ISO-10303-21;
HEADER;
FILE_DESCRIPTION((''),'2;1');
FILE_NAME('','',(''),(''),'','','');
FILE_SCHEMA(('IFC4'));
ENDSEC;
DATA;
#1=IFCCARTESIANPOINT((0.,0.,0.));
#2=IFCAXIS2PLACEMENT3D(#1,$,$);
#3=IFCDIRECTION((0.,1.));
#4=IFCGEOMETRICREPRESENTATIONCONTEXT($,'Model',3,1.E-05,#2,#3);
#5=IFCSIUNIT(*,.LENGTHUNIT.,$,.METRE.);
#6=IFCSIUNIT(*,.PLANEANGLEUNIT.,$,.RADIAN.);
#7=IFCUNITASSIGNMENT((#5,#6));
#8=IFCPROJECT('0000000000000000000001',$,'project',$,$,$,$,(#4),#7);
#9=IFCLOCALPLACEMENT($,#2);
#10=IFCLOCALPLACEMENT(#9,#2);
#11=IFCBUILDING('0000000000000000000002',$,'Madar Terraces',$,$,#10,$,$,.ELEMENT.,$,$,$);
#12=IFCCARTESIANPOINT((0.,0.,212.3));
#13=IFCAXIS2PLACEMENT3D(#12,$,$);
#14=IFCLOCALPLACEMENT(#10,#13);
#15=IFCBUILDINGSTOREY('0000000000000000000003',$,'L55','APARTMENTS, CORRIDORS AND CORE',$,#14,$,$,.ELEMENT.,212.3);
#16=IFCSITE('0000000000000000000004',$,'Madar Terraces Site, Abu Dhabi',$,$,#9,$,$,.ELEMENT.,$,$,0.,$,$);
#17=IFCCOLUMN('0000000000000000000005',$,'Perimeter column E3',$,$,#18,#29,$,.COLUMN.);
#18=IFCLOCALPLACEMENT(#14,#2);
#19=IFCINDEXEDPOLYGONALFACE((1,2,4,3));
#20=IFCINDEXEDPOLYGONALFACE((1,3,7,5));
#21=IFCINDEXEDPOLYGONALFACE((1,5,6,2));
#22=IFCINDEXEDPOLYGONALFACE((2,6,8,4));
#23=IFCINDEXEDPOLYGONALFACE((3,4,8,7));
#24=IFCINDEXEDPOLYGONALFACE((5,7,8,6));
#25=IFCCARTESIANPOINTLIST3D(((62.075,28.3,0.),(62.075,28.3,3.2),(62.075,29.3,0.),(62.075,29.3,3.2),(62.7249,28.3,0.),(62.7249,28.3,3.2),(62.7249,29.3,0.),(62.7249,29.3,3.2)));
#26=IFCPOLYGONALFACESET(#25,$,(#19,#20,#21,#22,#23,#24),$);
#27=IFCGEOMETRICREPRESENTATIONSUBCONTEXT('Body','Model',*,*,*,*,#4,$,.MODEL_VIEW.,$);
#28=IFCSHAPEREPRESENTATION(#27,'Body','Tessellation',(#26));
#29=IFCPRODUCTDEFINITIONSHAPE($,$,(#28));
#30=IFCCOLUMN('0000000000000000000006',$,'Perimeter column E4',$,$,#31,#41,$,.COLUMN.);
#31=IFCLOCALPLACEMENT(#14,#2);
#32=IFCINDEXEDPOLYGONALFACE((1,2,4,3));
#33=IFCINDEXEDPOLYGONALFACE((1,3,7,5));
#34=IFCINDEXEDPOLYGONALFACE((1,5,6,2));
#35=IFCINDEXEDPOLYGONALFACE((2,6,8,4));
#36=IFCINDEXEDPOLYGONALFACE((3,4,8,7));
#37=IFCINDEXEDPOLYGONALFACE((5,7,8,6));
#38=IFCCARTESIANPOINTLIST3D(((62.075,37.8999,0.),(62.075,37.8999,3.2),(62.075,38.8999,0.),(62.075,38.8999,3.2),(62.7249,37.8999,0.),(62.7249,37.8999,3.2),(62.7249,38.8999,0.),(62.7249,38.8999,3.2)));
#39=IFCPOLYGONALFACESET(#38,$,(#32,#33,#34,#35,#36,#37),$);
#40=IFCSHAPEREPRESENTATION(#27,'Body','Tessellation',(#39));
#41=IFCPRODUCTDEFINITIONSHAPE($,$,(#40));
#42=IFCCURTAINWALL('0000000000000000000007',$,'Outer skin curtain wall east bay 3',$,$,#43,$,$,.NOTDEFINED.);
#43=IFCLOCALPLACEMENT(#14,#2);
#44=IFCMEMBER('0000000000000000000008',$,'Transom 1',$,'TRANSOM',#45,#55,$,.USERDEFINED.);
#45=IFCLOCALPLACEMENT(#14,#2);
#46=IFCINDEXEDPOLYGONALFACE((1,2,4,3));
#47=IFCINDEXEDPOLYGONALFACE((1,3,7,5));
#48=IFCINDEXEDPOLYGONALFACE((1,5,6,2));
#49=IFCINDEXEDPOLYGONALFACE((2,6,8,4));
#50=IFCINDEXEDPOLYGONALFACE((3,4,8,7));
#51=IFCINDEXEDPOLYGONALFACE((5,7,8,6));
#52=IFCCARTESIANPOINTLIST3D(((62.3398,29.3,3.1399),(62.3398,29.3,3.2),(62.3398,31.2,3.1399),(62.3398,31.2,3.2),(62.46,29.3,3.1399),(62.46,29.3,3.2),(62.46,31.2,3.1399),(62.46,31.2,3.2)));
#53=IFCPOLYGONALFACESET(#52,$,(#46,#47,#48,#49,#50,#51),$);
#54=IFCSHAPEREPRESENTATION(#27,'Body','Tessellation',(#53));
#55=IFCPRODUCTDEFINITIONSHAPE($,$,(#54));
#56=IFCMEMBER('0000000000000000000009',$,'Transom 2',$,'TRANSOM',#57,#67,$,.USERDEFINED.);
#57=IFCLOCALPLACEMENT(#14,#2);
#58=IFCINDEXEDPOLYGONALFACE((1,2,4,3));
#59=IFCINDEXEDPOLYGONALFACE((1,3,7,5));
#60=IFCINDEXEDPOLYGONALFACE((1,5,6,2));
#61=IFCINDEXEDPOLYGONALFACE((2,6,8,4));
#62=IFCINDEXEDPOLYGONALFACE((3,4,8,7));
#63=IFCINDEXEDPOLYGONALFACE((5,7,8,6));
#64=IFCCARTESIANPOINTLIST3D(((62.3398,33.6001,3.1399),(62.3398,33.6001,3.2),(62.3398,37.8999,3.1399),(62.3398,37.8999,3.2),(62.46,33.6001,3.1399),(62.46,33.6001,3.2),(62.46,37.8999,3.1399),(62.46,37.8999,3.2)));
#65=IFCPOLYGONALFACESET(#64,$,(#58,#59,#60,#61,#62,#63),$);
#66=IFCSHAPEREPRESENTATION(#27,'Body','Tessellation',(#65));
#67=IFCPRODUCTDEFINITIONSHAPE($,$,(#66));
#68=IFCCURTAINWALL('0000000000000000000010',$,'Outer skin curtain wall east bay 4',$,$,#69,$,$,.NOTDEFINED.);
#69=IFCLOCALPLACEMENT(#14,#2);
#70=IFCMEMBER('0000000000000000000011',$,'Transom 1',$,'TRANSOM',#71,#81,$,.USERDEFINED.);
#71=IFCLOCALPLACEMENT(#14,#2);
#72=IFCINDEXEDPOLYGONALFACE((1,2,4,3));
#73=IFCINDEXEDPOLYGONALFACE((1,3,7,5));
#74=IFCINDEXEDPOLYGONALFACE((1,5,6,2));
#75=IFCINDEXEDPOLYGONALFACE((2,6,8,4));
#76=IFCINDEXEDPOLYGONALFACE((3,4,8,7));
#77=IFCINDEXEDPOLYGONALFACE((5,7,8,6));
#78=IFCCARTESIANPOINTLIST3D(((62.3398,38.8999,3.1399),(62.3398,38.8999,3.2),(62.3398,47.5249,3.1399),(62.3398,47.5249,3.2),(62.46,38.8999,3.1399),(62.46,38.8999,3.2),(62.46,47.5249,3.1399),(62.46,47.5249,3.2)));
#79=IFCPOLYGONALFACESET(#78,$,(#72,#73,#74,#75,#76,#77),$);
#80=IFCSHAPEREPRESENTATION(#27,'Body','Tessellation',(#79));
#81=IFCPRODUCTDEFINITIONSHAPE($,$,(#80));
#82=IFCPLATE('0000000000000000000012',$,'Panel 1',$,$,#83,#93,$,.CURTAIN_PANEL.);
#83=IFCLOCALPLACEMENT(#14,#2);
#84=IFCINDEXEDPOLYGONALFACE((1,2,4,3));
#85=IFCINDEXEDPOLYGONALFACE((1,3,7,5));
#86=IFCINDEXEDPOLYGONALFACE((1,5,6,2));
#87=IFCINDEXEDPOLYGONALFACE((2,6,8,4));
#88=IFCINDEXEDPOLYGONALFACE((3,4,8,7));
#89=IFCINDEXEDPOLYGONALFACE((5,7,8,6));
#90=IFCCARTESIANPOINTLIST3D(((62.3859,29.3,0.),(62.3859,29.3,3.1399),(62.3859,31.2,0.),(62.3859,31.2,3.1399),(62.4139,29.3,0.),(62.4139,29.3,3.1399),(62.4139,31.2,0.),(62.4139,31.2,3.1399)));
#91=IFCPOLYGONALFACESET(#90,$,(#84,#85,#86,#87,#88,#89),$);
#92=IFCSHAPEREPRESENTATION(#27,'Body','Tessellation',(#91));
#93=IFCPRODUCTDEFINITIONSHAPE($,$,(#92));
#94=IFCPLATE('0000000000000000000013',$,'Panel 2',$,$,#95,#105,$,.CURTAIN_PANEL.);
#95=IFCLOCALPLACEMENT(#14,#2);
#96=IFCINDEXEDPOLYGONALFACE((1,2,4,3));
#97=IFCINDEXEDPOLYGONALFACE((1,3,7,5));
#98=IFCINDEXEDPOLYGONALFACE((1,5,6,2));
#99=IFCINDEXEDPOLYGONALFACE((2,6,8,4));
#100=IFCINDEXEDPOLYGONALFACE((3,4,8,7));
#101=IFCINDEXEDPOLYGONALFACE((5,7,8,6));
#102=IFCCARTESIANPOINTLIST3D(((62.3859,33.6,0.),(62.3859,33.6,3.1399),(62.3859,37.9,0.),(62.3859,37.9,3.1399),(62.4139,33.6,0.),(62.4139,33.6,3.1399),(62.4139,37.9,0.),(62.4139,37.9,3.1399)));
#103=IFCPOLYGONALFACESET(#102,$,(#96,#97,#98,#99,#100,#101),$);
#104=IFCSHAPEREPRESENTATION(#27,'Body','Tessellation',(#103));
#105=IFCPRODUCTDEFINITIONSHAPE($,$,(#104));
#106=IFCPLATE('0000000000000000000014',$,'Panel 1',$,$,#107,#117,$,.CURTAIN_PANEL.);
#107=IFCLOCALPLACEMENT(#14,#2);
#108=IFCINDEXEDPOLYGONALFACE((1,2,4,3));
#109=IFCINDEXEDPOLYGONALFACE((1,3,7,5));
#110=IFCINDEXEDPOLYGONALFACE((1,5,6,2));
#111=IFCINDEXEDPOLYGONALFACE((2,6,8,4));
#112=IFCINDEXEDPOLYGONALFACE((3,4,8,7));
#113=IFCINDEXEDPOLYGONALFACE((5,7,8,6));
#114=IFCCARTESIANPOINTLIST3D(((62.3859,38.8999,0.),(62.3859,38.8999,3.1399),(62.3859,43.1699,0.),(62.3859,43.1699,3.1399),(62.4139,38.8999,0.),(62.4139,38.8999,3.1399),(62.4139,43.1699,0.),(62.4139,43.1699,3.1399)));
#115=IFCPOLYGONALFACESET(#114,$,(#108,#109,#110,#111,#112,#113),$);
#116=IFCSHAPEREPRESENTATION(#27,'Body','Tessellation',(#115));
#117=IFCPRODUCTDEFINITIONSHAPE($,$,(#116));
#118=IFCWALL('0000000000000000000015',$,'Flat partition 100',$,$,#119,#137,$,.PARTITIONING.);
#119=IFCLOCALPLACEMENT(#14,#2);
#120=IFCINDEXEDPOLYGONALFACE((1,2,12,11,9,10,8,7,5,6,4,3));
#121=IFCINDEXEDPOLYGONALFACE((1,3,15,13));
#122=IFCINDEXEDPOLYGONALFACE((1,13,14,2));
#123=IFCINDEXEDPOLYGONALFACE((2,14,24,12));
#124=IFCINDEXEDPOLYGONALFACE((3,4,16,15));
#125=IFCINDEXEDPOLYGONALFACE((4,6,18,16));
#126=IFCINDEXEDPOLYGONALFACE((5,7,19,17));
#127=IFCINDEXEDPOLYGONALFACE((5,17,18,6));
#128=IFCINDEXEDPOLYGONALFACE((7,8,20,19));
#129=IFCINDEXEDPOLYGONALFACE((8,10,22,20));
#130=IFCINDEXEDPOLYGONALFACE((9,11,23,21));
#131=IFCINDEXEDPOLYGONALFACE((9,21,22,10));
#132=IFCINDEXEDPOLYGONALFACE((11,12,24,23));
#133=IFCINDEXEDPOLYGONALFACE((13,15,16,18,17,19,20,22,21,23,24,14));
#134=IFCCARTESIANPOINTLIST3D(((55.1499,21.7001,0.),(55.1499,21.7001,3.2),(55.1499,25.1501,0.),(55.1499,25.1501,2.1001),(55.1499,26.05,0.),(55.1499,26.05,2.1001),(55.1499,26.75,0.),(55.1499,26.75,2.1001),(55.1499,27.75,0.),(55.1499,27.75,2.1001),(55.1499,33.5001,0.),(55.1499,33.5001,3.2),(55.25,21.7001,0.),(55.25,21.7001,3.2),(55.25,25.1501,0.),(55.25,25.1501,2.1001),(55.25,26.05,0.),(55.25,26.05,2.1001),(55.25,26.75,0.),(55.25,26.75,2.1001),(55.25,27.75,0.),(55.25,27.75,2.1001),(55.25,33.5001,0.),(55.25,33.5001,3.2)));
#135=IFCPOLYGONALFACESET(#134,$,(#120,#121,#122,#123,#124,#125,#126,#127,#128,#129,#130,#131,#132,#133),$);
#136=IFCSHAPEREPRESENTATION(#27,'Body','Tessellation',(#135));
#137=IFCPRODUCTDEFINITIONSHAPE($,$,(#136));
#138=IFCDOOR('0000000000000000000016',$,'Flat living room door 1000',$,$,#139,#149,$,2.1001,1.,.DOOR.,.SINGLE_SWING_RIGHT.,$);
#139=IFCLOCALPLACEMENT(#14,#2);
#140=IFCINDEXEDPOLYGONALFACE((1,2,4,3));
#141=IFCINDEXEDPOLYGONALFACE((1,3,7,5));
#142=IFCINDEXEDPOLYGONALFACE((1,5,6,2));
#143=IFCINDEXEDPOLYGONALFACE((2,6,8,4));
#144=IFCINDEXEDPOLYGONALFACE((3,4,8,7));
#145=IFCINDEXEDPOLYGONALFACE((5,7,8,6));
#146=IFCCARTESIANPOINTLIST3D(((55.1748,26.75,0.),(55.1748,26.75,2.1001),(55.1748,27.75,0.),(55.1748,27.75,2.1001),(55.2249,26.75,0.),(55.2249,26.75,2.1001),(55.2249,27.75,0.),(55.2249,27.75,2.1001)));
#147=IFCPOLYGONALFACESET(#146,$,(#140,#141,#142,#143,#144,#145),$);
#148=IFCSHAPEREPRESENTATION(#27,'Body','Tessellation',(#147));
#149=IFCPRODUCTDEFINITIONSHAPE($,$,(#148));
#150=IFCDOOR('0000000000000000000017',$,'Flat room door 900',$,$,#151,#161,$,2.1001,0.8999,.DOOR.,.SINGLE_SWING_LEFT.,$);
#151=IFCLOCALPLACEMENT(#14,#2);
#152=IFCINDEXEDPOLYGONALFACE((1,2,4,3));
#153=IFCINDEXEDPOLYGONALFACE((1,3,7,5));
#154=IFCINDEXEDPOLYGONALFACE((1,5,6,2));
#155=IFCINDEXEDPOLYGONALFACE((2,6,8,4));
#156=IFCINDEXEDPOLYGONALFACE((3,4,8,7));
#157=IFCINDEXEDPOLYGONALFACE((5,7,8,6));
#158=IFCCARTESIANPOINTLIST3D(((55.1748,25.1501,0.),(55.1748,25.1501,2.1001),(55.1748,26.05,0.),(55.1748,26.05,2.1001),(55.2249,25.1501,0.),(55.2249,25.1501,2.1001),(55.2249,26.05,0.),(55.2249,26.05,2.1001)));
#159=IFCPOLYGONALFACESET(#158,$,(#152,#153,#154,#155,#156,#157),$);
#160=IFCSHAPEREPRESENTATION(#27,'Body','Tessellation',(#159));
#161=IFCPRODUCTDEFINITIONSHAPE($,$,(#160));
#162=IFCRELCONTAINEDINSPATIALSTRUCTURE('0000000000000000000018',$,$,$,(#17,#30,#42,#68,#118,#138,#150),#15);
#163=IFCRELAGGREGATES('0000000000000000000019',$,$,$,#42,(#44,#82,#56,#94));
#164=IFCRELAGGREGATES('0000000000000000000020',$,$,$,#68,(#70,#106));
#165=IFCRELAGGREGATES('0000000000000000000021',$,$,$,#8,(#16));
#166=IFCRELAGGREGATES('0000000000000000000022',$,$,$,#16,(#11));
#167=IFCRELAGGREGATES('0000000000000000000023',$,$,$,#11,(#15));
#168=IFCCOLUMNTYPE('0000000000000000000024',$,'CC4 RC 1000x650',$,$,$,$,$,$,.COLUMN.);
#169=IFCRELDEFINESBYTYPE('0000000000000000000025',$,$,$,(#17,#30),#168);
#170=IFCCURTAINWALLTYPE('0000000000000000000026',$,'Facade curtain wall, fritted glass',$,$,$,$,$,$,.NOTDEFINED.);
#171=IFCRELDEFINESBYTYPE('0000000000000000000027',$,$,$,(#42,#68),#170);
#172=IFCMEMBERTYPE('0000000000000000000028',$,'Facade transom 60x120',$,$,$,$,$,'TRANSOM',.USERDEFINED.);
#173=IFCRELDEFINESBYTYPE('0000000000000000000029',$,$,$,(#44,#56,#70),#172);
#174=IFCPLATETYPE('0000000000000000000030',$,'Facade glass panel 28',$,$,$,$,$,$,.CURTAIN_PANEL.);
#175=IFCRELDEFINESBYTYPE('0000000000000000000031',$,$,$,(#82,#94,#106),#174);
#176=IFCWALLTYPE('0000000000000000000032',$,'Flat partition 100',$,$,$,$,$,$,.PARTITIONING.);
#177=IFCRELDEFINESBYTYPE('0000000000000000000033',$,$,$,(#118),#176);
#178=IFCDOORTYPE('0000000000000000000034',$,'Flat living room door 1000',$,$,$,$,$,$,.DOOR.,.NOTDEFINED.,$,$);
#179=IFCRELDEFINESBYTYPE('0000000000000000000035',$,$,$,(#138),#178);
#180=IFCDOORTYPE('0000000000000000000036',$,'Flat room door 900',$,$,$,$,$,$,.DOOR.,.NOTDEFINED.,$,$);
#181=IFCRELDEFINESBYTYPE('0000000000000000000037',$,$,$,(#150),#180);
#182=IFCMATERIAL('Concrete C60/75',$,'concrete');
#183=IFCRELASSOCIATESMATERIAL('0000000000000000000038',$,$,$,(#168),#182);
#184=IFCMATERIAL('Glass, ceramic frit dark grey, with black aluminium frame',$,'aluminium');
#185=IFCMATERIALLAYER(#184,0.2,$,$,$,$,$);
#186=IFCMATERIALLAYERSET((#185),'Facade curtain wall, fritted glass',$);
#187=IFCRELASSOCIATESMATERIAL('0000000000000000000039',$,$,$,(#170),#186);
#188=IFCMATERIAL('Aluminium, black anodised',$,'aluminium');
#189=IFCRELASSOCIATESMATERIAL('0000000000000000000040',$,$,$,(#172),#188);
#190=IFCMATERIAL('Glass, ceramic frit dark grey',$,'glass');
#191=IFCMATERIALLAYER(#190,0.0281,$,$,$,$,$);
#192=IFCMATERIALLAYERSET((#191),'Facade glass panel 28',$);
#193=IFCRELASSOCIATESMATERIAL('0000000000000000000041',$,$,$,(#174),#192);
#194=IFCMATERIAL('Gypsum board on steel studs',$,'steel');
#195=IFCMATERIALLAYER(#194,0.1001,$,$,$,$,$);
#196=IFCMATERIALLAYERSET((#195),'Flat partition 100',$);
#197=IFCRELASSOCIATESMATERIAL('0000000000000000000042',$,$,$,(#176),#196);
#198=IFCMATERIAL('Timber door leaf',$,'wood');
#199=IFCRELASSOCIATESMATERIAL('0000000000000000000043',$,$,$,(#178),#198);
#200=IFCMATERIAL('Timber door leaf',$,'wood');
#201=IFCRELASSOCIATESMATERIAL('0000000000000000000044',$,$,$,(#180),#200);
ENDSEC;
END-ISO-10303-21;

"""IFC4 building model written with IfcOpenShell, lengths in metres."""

from ifc_helpers import new_model, si_unit, direction, frame, frame_2d, origin, origin_2d, place, context, subcontext, project, spatial, rectangle, extrude, material, layer, layer_set, material_profile, profile_set, type_object, element, fill, aggregate, save


model = new_model("IFC4")

# Units and contexts
model_context = context("Model", 3, precision=1e-05, world=origin(), true_north=direction((0.0, 1.0)))
body_context = subcontext(model_context, "Body", "Model", "MODEL_VIEW")
ifc_project = project(units=[si_unit("LENGTHUNIT", "METRE"), si_unit("PLANEANGLEUNIT", "RADIAN")], contexts=[model_context])

# Site, building, storey
site_placement = place(None, origin())
site = spatial("IfcSite", under=ifc_project, at=site_placement, Name="Madar Terraces Site, Abu Dhabi", CompositionType="ELEMENT", RefElevation=0.0)
building_placement = place(site_placement, origin())
building = spatial("IfcBuilding", under=site, at=building_placement, Name="Madar Terraces", CompositionType="ELEMENT")
storey_placement = place(building_placement, frame((0.0, 0.0, 212.3)))
storey = spatial("IfcBuildingStorey", under=building, at=storey_placement, Name="L55", Description="APARTMENTS, CORRIDORS AND CORE", CompositionType="ELEMENT", Elevation=212.3)

# Columns
ifc_material_1 = material(Name="Concrete C60/75", Category="concrete")
ifc_material_profile_1 = material_profile(ifc_material_1, rectangle(XDim=1.0, YDim=0.6499, at=origin_2d()), Name="CC4 RC 1000x650")
ifc_profile_set_1 = profile_set([ifc_material_profile_1], Name="Concrete C60/75")
column_type = type_object("IfcColumnType", Name="CC4 RC 1000x650", PredefinedType="COLUMN", material=ifc_profile_set_1)
for number, where, z_axis, x_axis, name in (
    (1, (62.3999, 28.8, 0.0), (0.0, 0.0, 1.0), (0.0, 1.0, 0.0), "Perimeter column E3"),
    (2, (62.3999, 38.3999, 0.0), (0.0, 0.0, 1.0), (0.0, 1.0, 0.0), "Perimeter column E4"),
):
    element("IfcColumn", number, at=place(storey_placement, frame(where, z_axis=z_axis, x_axis=x_axis)), inside=storey, type_object=column_type, Name=name, PredefinedType="COLUMN", context=body_context, shape_type="SweptSolid", body=[
        extrude(rectangle(XDim=1.0, YDim=0.6499, at=origin_2d()), origin(), (0.0, 0.0, 1.0), 3.2),
    ])

# Curtain wall, members
ifc_material_2 = material(Name="Glass, ceramic frit dark grey, with black aluminium frame", Category="aluminium")
ifc_layer_1 = layer(ifc_material_2, 0.2)
ifc_layer_set_1 = layer_set([ifc_layer_1], Name="Facade curtain wall, fritted glass")
curtain_wall_type = type_object("IfcCurtainWallType", Name="Facade curtain wall, fritted glass", PredefinedType="NOTDEFINED", material=ifc_layer_set_1)
curtain_wall_1_placement = place(storey_placement, origin())
curtain_wall_1 = element("IfcCurtainWall", 3, at=curtain_wall_1_placement, inside=storey, type_object=curtain_wall_type, Name="Outer skin curtain wall east bay 3", PredefinedType="NOTDEFINED")
ifc_material_3 = material(Name="Aluminium, black anodised", Category="aluminium")
ifc_material_profile_2 = material_profile(ifc_material_3, rectangle(XDim=0.1201, YDim=0.0601, at=origin_2d()), Name="Facade transom 60x120")
ifc_profile_set_2 = profile_set([ifc_material_profile_2], Name="Aluminium, black anodised")
member_type = type_object("IfcMemberType", Name="Facade transom 60x120", ElementType="TRANSOM", PredefinedType="USERDEFINED", material=ifc_profile_set_2)
member_1_placement = place(storey_placement, frame((62.3999, 29.3, 3.1699), z_axis=(0.0, 1.0, 0.0), x_axis=(-1.0, 0.0, 0.0)))
member_1 = element("IfcMember", 4, at=member_1_placement, type_object=member_type, Name="Transom 1", ObjectType="TRANSOM", PredefinedType="USERDEFINED", context=body_context, shape_type="SweptSolid", body=[
    extrude(rectangle(XDim=0.1201, YDim=0.0601, at=origin_2d()), origin(), (0.0, 0.0, 1.0), 1.8999),
])
member_2_placement = place(storey_placement, frame((62.3999, 33.6001, 3.1699), z_axis=(0.0, 1.0, 0.0), x_axis=(-1.0, 0.0, 0.0)))
member_2 = element("IfcMember", 5, at=member_2_placement, type_object=member_type, Name="Transom 2", ObjectType="TRANSOM", PredefinedType="USERDEFINED", context=body_context, shape_type="SweptSolid", body=[
    extrude(rectangle(XDim=0.1201, YDim=0.0601, at=origin_2d()), origin(), (0.0, 0.0, 1.0), 4.2998),
])

# Curtain wall, member
curtain_wall_2_placement = place(storey_placement, origin())
curtain_wall_2 = element("IfcCurtainWall", 6, at=curtain_wall_2_placement, inside=storey, type_object=curtain_wall_type, Name="Outer skin curtain wall east bay 4", PredefinedType="NOTDEFINED")
member_3_placement = place(storey_placement, frame((62.3999, 38.8999, 3.1699), z_axis=(0.0, 1.0, 0.0), x_axis=(-1.0, 0.0, 0.0)))
member_3 = element("IfcMember", 7, at=member_3_placement, type_object=member_type, Name="Transom 1", ObjectType="TRANSOM", PredefinedType="USERDEFINED", context=body_context, shape_type="SweptSolid", body=[
    extrude(rectangle(XDim=0.1201, YDim=0.0601, at=origin_2d()), origin(), (0.0, 0.0, 1.0), 8.625),
])

# Plates
ifc_material_4 = material(Name="Glass, ceramic frit dark grey", Category="glass")
ifc_layer_2 = layer(ifc_material_4, 0.0281)
ifc_layer_set_2 = layer_set([ifc_layer_2], Name="Facade glass panel 28")
plate_type = type_object("IfcPlateType", Name="Facade glass panel 28", PredefinedType="CURTAIN_PANEL", material=ifc_layer_set_2)
plate_1_placement = place(storey_placement, frame((62.3999, 30.25, 0.0), z_axis=(0.0, 0.0, 1.0), x_axis=(0.0, 1.0, 0.0)))
plate_1 = element("IfcPlate", 8, at=plate_1_placement, type_object=plate_type, Name="Panel 1", PredefinedType="CURTAIN_PANEL", context=body_context, shape_type="SweptSolid", body=[
    extrude(rectangle(XDim=1.8999, YDim=0.0281, at=origin_2d()), origin(), (0.0, 0.0, 1.0), 3.1399),
])
plate_2_placement = place(storey_placement, frame((62.3999, 35.75, 0.0), z_axis=(0.0, 0.0, 1.0), x_axis=(0.0, 1.0, 0.0)))
plate_2 = element("IfcPlate", 9, at=plate_2_placement, type_object=plate_type, Name="Panel 2", PredefinedType="CURTAIN_PANEL", context=body_context, shape_type="SweptSolid", body=[
    extrude(rectangle(XDim=4.3, YDim=0.0281, at=origin_2d()), origin(), (0.0, 0.0, 1.0), 3.1399),
])
aggregate(curtain_wall_1, [member_1, plate_1, member_2, plate_2])
plate_3_placement = place(storey_placement, frame((62.3999, 41.0349, 0.0), z_axis=(0.0, 0.0, 1.0), x_axis=(0.0, 1.0, 0.0)))
plate_3 = element("IfcPlate", 10, at=plate_3_placement, type_object=plate_type, Name="Panel 1", PredefinedType="CURTAIN_PANEL", context=body_context, shape_type="SweptSolid", body=[
    extrude(rectangle(XDim=4.27, YDim=0.0281, at=origin_2d()), origin(), (0.0, 0.0, 1.0), 3.1399),
])
aggregate(curtain_wall_2, [member_3, plate_3])

# Wall, openings, doors
ifc_material_5 = material(Name="Gypsum board on steel studs", Category="steel")
ifc_layer_3 = layer(ifc_material_5, 0.1001)
ifc_layer_set_3 = layer_set([ifc_layer_3], Name="Flat partition 100")
wall_type_1 = type_object("IfcWallType", Name="Flat partition 100", PredefinedType="PARTITIONING", material=ifc_layer_set_3)
wall_1_placement = place(storey_placement, frame((55.2, 33.5, 0.0), z_axis=(0.0, 0.0, 1.0), x_axis=(0.0, -1.0, 0.0)))
wall_1 = element("IfcWall", 11, at=wall_1_placement, inside=storey, type_object=wall_type_1, Name="Flat partition 100", PredefinedType="PARTITIONING", context=body_context, shape_type="SweptSolid", body=[
    extrude(rectangle(XDim=11.8, YDim=0.1001, at=frame_2d((5.8999, 0.0))), origin(), (0.0, 0.0, 1.0), 3.2),
])
opening_1_placement = place(wall_1_placement, frame((5.75, 0.0, 0.0)))
opening_1 = element("IfcOpeningElement", 12, at=opening_1_placement, cuts=wall_1, PredefinedType="OPENING", context=body_context, shape_type="SweptSolid", body=[
    extrude(rectangle(XDim=1.0, YDim=2.1001, at=frame_2d((0.5, 1.05))), frame((0.0, 0.0601, 0.0), z_axis=(0.0, -1.0, 0.0), x_axis=(1.0, 0.0, 0.0)), (0.0, 0.0, 1.0), 0.1201),
])
opening_2_placement = place(wall_1_placement, frame((7.45, 0.0, 0.0)))
opening_2 = element("IfcOpeningElement", 13, at=opening_2_placement, cuts=wall_1, PredefinedType="OPENING", context=body_context, shape_type="SweptSolid", body=[
    extrude(rectangle(XDim=0.8999, YDim=2.1001, at=frame_2d((0.45, 1.05))), frame((0.0, 0.0601, 0.0), z_axis=(0.0, -1.0, 0.0), x_axis=(1.0, 0.0, 0.0)), (0.0, 0.0, 1.0), 0.1201),
])
ifc_material_6 = material(Name="Timber door leaf", Category="wood")
door_type_1 = type_object("IfcDoorType", Name="Flat living room door 1000", OperationType="NOTDEFINED", PredefinedType="DOOR", material=ifc_material_6)
door_1_placement = place(opening_1_placement, origin())
door_1 = element("IfcDoor", 14, at=door_1_placement, inside=storey, type_object=door_type_1, Name="Flat living room door 1000", OperationType="SINGLE_SWING_RIGHT", OverallHeight=2.1001, OverallWidth=1.0, PredefinedType="DOOR", context=body_context, shape_type="SweptSolid", body=[
    extrude(rectangle(XDim=1.0, YDim=2.1001, at=frame_2d((0.5, 1.05))), frame((0.0, 0.0249, 0.0), z_axis=(0.0, -1.0, 0.0), x_axis=(1.0, 0.0, 0.0)), (0.0, 0.0, 1.0), 0.05),
])
fill(opening_1, door_1)
ifc_material_7 = material(Name="Timber door leaf", Category="wood")
door_type_2 = type_object("IfcDoorType", Name="Flat room door 900", OperationType="NOTDEFINED", PredefinedType="DOOR", material=ifc_material_7)
door_2_placement = place(opening_2_placement, origin())
door_2 = element("IfcDoor", 15, at=door_2_placement, inside=storey, type_object=door_type_2, Name="Flat room door 900", OperationType="SINGLE_SWING_LEFT", OverallHeight=2.1001, OverallWidth=0.8999, PredefinedType="DOOR", context=body_context, shape_type="SweptSolid", body=[
    extrude(rectangle(XDim=0.8999, YDim=2.1001, at=frame_2d((0.45, 1.05))), frame((0.0, 0.0249, 0.0), z_axis=(0.0, -1.0, 0.0), x_axis=(1.0, 0.0, 0.0)), (0.0, 0.0, 1.0), 0.05),
])
fill(opening_2, door_2)

save(model, "model.ifc")
